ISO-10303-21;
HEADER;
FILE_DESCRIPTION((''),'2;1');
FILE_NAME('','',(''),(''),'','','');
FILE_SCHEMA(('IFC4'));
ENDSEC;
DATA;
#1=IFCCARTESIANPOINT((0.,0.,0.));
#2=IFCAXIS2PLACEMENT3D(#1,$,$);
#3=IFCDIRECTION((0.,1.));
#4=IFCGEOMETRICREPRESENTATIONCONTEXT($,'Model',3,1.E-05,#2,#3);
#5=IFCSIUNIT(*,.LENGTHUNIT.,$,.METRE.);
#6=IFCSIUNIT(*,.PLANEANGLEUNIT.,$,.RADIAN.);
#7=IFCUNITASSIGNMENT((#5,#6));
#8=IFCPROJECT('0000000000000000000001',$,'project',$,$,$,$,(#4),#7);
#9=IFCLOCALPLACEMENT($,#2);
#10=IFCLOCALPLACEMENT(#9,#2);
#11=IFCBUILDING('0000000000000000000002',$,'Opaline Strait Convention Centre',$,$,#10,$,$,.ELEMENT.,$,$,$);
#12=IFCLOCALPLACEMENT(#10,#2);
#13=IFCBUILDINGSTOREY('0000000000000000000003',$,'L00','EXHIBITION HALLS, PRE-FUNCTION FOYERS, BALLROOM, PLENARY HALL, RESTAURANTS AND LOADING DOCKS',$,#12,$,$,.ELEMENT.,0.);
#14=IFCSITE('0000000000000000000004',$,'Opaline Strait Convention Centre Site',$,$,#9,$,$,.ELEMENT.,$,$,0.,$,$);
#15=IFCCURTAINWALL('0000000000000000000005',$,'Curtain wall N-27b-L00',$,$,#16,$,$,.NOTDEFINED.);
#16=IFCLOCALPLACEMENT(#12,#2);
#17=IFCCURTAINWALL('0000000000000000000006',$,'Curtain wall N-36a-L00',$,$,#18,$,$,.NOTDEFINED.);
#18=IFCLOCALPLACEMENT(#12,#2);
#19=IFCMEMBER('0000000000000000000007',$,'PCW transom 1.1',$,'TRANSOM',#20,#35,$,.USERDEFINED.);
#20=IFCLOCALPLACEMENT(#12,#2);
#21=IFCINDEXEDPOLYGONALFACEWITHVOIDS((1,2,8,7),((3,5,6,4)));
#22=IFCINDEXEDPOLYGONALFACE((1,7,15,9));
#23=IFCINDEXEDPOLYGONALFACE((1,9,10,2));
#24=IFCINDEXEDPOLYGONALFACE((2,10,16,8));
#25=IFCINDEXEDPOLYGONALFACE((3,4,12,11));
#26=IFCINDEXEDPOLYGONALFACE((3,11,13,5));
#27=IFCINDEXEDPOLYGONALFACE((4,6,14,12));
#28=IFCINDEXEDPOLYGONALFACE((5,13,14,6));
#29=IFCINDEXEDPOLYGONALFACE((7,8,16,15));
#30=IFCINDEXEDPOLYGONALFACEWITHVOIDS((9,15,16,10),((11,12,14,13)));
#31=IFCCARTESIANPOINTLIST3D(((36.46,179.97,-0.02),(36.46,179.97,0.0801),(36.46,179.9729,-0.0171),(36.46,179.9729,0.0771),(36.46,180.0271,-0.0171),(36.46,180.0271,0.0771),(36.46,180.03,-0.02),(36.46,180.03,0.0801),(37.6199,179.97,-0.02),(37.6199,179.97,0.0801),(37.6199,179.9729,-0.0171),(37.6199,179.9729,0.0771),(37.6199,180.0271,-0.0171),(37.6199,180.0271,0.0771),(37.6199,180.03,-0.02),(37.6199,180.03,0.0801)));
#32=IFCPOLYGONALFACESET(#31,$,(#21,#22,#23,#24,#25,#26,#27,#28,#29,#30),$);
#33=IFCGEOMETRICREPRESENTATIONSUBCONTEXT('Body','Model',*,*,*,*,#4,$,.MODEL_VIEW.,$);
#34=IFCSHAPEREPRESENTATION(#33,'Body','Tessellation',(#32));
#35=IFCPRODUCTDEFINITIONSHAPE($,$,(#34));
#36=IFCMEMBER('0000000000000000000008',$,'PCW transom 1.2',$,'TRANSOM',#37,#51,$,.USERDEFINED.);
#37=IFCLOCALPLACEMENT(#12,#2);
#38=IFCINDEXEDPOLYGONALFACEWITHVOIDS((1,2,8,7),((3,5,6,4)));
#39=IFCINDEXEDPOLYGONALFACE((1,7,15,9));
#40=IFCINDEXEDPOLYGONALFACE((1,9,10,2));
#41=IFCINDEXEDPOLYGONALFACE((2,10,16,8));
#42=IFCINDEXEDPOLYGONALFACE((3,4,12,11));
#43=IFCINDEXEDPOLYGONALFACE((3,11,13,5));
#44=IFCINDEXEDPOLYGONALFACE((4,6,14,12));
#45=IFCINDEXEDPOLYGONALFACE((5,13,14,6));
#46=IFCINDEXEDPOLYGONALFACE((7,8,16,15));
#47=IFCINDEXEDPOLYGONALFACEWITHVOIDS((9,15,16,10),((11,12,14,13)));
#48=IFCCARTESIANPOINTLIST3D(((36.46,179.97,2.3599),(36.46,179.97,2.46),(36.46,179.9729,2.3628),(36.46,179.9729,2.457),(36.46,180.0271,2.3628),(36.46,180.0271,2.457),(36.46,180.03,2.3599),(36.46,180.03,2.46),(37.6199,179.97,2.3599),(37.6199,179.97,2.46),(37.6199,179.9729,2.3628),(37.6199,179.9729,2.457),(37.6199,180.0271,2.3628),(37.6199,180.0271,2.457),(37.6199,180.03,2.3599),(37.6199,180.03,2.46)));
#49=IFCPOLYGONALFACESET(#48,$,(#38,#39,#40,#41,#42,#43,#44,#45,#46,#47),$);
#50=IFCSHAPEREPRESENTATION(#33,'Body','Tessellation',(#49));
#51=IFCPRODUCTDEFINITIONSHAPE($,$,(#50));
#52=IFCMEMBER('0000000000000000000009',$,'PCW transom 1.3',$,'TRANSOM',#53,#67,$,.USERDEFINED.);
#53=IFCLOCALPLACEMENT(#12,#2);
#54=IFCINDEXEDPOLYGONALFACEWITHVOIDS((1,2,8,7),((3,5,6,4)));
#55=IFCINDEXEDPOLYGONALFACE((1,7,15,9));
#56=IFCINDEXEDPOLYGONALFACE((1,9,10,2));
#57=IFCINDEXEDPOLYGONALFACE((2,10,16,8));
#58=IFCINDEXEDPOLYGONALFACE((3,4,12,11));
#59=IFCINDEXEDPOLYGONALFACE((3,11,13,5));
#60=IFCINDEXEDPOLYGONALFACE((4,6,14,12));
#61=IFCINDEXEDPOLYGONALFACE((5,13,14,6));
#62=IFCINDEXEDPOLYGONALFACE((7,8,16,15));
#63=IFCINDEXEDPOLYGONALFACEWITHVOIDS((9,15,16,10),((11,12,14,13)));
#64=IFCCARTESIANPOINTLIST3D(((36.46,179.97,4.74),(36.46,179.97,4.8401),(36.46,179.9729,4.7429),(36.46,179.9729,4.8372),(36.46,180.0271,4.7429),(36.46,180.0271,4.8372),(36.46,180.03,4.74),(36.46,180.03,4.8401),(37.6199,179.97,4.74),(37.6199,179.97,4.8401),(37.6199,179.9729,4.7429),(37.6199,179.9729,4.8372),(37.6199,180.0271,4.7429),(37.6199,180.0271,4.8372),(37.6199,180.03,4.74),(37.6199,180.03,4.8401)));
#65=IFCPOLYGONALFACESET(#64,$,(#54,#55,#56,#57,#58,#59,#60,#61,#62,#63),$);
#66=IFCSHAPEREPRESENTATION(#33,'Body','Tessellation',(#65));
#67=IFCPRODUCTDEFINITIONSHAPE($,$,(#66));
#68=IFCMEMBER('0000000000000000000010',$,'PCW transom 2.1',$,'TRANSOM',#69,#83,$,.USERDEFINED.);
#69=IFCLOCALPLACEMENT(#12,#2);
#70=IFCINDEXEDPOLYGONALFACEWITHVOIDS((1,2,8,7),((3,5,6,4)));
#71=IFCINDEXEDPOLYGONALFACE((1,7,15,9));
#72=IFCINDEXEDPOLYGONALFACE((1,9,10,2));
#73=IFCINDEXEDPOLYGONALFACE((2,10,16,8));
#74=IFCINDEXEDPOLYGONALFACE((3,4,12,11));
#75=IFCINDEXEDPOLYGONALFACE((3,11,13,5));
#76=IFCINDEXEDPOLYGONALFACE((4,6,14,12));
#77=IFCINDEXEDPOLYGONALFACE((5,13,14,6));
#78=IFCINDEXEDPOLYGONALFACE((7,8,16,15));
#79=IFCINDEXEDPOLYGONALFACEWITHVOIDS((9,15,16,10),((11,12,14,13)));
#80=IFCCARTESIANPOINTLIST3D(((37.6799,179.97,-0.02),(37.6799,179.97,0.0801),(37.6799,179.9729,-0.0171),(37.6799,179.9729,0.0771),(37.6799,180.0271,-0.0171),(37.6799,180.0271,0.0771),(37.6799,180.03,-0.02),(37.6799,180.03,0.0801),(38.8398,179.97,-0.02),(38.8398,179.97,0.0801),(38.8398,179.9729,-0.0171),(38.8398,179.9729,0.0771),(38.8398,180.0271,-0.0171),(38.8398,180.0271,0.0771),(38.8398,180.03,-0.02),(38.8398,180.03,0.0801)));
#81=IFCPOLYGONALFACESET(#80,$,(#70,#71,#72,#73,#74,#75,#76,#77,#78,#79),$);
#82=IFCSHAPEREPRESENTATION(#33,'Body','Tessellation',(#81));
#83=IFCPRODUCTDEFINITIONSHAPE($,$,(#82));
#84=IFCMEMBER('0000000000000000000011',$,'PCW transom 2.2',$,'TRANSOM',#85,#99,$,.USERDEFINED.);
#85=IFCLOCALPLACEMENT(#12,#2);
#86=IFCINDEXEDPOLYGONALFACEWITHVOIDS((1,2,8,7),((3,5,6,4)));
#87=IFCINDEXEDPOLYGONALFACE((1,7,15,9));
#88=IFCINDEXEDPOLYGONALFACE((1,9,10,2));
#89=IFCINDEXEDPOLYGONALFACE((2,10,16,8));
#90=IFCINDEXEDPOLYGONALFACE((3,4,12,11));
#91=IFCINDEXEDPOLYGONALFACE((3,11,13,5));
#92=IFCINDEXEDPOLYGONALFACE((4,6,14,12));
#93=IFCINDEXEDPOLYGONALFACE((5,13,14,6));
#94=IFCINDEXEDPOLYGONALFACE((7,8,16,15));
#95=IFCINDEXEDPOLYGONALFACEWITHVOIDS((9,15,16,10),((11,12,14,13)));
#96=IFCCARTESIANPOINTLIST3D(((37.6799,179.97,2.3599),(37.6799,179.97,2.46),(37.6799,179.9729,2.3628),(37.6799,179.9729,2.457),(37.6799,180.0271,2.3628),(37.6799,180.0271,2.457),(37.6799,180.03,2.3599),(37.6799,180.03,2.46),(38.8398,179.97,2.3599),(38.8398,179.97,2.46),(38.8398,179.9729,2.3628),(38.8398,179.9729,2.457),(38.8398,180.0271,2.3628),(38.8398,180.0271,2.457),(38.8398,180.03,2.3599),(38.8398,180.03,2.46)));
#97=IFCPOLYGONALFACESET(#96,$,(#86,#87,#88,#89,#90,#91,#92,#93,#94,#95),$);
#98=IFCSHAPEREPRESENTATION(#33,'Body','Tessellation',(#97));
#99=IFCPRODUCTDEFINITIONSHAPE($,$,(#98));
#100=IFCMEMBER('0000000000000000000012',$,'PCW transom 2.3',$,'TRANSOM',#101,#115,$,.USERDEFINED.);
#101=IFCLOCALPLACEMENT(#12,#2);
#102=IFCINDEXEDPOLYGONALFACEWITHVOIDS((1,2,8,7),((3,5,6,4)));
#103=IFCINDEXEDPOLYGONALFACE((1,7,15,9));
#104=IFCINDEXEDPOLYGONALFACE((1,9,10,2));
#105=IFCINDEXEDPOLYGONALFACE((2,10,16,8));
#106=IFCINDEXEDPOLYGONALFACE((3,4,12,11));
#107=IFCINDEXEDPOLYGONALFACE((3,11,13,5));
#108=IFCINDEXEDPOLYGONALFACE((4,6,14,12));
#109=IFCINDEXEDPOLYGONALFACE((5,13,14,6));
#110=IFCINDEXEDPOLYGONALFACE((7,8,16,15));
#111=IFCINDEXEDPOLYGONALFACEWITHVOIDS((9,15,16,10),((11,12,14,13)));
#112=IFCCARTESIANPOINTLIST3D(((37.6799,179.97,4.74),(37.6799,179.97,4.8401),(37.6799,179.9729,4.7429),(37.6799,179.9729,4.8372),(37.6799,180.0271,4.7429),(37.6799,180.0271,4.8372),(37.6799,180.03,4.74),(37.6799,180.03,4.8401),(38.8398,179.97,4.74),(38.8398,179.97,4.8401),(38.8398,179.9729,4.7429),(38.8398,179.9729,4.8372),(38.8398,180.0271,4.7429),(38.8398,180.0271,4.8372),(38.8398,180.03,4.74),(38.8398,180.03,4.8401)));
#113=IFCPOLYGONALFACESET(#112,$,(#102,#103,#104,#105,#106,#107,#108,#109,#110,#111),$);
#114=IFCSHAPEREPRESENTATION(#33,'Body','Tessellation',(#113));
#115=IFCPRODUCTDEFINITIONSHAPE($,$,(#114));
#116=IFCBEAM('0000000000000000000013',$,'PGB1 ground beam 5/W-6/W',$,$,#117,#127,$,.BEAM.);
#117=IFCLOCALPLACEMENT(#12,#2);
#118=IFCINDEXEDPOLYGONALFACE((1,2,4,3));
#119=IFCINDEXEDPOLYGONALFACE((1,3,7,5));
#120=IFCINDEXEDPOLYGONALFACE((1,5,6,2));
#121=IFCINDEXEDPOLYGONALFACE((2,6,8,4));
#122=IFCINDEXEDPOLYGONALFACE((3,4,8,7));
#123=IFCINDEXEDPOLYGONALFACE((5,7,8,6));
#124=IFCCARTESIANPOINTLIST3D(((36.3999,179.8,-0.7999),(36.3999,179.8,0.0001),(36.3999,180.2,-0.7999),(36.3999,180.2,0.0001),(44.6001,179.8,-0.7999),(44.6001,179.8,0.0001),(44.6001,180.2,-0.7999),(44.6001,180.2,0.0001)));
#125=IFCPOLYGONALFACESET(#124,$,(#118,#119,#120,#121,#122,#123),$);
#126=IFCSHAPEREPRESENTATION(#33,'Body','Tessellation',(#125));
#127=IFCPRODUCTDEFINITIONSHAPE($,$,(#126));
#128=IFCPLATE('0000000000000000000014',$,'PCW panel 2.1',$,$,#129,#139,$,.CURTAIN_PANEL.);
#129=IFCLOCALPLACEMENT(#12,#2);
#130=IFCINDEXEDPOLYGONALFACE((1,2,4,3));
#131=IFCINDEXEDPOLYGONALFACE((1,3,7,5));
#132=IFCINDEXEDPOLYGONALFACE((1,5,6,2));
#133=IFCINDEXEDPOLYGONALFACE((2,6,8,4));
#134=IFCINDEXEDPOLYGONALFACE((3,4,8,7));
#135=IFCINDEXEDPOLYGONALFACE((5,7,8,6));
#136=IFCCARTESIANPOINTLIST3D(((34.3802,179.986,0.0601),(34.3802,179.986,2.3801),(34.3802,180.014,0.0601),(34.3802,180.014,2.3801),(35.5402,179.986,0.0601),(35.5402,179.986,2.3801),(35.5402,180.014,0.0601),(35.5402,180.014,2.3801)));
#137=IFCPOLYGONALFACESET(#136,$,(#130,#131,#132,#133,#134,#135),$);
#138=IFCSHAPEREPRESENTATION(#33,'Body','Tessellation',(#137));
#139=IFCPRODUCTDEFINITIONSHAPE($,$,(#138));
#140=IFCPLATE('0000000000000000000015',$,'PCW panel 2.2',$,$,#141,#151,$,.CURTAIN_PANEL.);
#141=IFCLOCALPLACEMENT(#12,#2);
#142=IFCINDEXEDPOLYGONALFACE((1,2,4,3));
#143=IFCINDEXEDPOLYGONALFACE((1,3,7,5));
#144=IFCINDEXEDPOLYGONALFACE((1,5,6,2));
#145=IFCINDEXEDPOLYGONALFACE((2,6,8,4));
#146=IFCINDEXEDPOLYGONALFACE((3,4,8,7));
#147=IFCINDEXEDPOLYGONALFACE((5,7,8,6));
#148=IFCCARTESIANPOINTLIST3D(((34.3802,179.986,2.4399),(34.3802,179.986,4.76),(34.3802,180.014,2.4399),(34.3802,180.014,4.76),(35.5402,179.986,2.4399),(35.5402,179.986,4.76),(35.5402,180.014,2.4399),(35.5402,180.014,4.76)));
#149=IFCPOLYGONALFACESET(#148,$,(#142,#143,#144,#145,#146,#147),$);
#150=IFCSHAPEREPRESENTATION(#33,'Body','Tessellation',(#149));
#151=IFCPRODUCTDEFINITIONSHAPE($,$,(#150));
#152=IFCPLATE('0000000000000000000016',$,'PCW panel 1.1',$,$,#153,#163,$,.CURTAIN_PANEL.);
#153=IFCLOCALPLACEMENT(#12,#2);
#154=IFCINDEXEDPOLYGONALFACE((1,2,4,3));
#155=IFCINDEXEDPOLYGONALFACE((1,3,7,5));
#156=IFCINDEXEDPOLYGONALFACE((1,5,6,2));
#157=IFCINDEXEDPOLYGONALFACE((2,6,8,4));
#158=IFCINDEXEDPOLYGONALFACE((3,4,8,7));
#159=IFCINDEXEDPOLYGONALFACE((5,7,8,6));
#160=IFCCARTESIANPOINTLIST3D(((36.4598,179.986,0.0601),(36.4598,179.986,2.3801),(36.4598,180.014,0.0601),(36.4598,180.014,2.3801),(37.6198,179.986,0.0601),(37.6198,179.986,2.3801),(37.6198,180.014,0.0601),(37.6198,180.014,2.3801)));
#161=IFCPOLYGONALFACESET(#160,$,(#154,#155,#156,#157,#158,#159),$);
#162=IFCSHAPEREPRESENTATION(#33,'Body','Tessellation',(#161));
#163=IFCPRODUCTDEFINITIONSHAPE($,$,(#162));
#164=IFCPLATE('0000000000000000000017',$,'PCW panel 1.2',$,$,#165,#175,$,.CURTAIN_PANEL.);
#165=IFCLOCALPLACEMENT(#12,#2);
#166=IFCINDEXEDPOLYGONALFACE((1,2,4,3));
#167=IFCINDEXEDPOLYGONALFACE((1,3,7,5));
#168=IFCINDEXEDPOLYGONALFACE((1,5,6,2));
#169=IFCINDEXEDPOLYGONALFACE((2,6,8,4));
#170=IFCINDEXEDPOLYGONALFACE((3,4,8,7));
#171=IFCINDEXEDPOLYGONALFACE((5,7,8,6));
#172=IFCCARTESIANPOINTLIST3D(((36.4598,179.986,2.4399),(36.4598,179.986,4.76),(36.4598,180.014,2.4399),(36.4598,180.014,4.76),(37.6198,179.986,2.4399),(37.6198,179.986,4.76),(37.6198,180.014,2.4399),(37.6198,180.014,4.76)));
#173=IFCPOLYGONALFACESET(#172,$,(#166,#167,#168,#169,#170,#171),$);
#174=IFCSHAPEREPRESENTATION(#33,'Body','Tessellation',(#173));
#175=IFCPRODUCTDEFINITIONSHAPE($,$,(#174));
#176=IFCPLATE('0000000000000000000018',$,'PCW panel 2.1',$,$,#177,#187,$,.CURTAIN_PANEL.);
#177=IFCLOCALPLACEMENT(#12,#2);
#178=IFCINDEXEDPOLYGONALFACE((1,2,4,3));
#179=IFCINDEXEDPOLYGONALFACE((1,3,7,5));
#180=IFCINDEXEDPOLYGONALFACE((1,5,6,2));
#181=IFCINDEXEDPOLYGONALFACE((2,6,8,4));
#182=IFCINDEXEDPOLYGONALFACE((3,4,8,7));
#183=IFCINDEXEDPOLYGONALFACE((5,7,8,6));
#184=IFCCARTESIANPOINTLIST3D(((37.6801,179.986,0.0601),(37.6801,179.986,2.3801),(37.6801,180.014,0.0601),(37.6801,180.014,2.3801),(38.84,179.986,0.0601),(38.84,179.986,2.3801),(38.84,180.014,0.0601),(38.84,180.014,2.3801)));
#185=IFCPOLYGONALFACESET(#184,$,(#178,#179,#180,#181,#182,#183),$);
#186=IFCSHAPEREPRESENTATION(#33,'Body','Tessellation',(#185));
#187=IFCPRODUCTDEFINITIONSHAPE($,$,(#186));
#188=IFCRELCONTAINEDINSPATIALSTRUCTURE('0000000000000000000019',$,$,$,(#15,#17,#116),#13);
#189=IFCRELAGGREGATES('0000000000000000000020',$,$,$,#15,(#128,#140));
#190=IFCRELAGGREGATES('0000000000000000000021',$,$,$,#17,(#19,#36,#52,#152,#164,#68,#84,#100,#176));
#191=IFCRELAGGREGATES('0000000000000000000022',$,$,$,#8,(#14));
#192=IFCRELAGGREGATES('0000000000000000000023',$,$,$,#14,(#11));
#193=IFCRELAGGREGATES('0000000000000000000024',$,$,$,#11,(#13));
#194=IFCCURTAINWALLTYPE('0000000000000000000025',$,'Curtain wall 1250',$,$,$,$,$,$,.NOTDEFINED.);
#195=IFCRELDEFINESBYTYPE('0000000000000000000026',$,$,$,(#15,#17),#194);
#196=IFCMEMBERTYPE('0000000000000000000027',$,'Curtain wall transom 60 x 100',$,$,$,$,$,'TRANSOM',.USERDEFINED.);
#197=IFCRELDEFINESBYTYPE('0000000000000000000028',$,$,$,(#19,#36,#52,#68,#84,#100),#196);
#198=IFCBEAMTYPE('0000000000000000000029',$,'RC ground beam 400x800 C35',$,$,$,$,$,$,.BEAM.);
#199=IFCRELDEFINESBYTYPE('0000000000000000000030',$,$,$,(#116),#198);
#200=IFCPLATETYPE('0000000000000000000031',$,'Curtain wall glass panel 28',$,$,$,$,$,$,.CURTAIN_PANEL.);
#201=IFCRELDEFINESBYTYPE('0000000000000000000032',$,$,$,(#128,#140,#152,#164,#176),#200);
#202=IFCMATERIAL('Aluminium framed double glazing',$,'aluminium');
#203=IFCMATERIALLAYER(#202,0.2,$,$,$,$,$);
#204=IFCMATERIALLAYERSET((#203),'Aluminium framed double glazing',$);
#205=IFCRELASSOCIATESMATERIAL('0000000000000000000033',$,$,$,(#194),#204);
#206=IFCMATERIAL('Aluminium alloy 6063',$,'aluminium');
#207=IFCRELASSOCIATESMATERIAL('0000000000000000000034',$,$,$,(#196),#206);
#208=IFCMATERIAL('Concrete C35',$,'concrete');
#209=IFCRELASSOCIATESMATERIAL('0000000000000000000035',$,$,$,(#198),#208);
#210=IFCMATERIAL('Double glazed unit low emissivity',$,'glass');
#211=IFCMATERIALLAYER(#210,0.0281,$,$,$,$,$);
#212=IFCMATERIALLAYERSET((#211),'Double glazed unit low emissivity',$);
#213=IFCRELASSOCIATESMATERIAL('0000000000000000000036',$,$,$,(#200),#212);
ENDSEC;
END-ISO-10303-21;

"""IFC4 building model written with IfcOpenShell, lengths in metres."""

from ifc_helpers import new_model, si_unit, direction, frame, origin, origin_2d, place, context, subcontext, project, spatial, rectangle, hollow_rectangle, extrude, material, layer, layer_set, material_profile, profile_set, type_object, element, aggregate, save


model = new_model("IFC4")

# Units and contexts
model_context = context("Model", 3, precision=1e-05, world=origin(), true_north=direction((0.0, 1.0)))
body_context = subcontext(model_context, "Body", "Model", "MODEL_VIEW")
ifc_project = project(units=[si_unit("LENGTHUNIT", "METRE"), si_unit("PLANEANGLEUNIT", "RADIAN")], contexts=[model_context])

# Site, building, storey
site_placement = place(None, origin())
site = spatial("IfcSite", under=ifc_project, at=site_placement, Name="Opaline Strait Convention Centre Site", CompositionType="ELEMENT", RefElevation=0.0)
building_placement = place(site_placement, origin())
building = spatial("IfcBuilding", under=site, at=building_placement, Name="Opaline Strait Convention Centre", CompositionType="ELEMENT")
storey_placement = place(building_placement, origin())
storey = spatial("IfcBuildingStorey", under=building, at=storey_placement, Name="L00", Description="EXHIBITION HALLS, PRE-FUNCTION FOYERS, BALLROOM, PLENARY HALL, RESTAURANTS AND LOADING DOCKS", CompositionType="ELEMENT", Elevation=0.0)

# Shared definitions
ifc_material_1 = material(Name="Concrete C35", Category="concrete")

# Curtain wall
ifc_material_2 = material(Name="Aluminium framed double glazing", Category="aluminium")
ifc_layer_1 = layer(ifc_material_2, 0.2)
ifc_layer_set_1 = layer_set([ifc_layer_1], Name="Aluminium framed double glazing")
curtain_wall_type = type_object("IfcCurtainWallType", Name="Curtain wall 1250", PredefinedType="NOTDEFINED", material=ifc_layer_set_1)
curtain_wall_1_placement = place(storey_placement, origin())
curtain_wall_1 = element("IfcCurtainWall", 1, at=curtain_wall_1_placement, inside=storey, type_object=curtain_wall_type, Name="Curtain wall N-27b-L00", PredefinedType="NOTDEFINED")
ifc_material_3 = material(Name="Aluminium alloy 6063", Category="aluminium")

# Curtain wall
curtain_wall_2_placement = place(storey_placement, origin())
curtain_wall_2 = element("IfcCurtainWall", 2, at=curtain_wall_2_placement, inside=storey, type_object=curtain_wall_type, Name="Curtain wall N-36a-L00", PredefinedType="NOTDEFINED")

# Members
ifc_material_profile_1 = material_profile(ifc_material_3, hollow_rectangle(XDim=0.0601, YDim=0.1001, WallThickness=0.0029, at=origin_2d()), Name="TRANSOM 60x100x3")
ifc_profile_set_1 = profile_set([ifc_material_profile_1], Name="Aluminium alloy 6063")
member_type_1 = type_object("IfcMemberType", Name="Curtain wall transom 60 x 100", ElementType="TRANSOM", PredefinedType="USERDEFINED", material=ifc_profile_set_1)
member_1_placement = place(storey_placement, frame((36.46, 180.0, 0.03), z_axis=(1.0, 0.0, 0.0), x_axis=(0.0, 1.0, 0.0)))
member_1 = element("IfcMember", 3, at=member_1_placement, type_object=member_type_1, Name="PCW transom 1.1", ObjectType="TRANSOM", PredefinedType="USERDEFINED", context=body_context, shape_type="SweptSolid", body=[
    extrude(hollow_rectangle(XDim=0.0601, YDim=0.1001, WallThickness=0.0029, at=origin_2d()), origin(), (0.0, 0.0, 1.0), 1.1599),
])
member_2_placement = place(storey_placement, frame((36.46, 180.0, 2.4099), z_axis=(1.0, 0.0, 0.0), x_axis=(0.0, 1.0, 0.0)))
member_2 = element("IfcMember", 4, at=member_2_placement, type_object=member_type_1, Name="PCW transom 1.2", ObjectType="TRANSOM", PredefinedType="USERDEFINED", context=body_context, shape_type="SweptSolid", body=[
    extrude(hollow_rectangle(XDim=0.0601, YDim=0.1001, WallThickness=0.0029, at=origin_2d()), origin(), (0.0, 0.0, 1.0), 1.1599),
])
member_3_placement = place(storey_placement, frame((36.46, 180.0, 4.79), z_axis=(1.0, 0.0, 0.0), x_axis=(0.0, 1.0, 0.0)))
member_3 = element("IfcMember", 5, at=member_3_placement, type_object=member_type_1, Name="PCW transom 1.3", ObjectType="TRANSOM", PredefinedType="USERDEFINED", context=body_context, shape_type="SweptSolid", body=[
    extrude(hollow_rectangle(XDim=0.0601, YDim=0.1001, WallThickness=0.0029, at=origin_2d()), origin(), (0.0, 0.0, 1.0), 1.1599),
])
member_4_placement = place(storey_placement, frame((37.6799, 180.0, 0.03), z_axis=(1.0, 0.0, 0.0), x_axis=(0.0, 1.0, 0.0)))
member_4 = element("IfcMember", 6, at=member_4_placement, type_object=member_type_1, Name="PCW transom 2.1", ObjectType="TRANSOM", PredefinedType="USERDEFINED", context=body_context, shape_type="SweptSolid", body=[
    extrude(hollow_rectangle(XDim=0.0601, YDim=0.1001, WallThickness=0.0029, at=origin_2d()), origin(), (0.0, 0.0, 1.0), 1.1599),
])
member_5_placement = place(storey_placement, frame((37.6799, 180.0, 2.4099), z_axis=(1.0, 0.0, 0.0), x_axis=(0.0, 1.0, 0.0)))
member_5 = element("IfcMember", 7, at=member_5_placement, type_object=member_type_1, Name="PCW transom 2.2", ObjectType="TRANSOM", PredefinedType="USERDEFINED", context=body_context, shape_type="SweptSolid", body=[
    extrude(hollow_rectangle(XDim=0.0601, YDim=0.1001, WallThickness=0.0029, at=origin_2d()), origin(), (0.0, 0.0, 1.0), 1.1599),
])
member_6_placement = place(storey_placement, frame((37.6799, 180.0, 4.79), z_axis=(1.0, 0.0, 0.0), x_axis=(0.0, 1.0, 0.0)))
member_6 = element("IfcMember", 8, at=member_6_placement, type_object=member_type_1, Name="PCW transom 2.3", ObjectType="TRANSOM", PredefinedType="USERDEFINED", context=body_context, shape_type="SweptSolid", body=[
    extrude(hollow_rectangle(XDim=0.0601, YDim=0.1001, WallThickness=0.0029, at=origin_2d()), origin(), (0.0, 0.0, 1.0), 1.1599),
])

# Beam
ifc_material_profile_2 = material_profile(ifc_material_1, rectangle(XDim=0.3999, YDim=0.8, at=origin_2d()), Name="RC 400x800")
ifc_profile_set_2 = profile_set([ifc_material_profile_2], Name="Concrete C35")
beam_type = type_object("IfcBeamType", Name="RC ground beam 400x800 C35", PredefinedType="BEAM", material=ifc_profile_set_2)
beam_placement = place(storey_placement, frame((36.3999, 180.0, -0.3999), z_axis=(1.0, 0.0, 0.0), x_axis=(0.0, 1.0, 0.0)))
element("IfcBeam", 9, at=beam_placement, inside=storey, type_object=beam_type, Name="PGB1 ground beam 5/W-6/W", PredefinedType="BEAM", context=body_context, shape_type="SweptSolid", body=[
    extrude(rectangle(XDim=0.3999, YDim=0.8, at=origin_2d()), origin(), (0.0, 0.0, 1.0), 8.2002),
])

# Plates
ifc_material_4 = material(Name="Double glazed unit low emissivity", Category="glass")
ifc_layer_2 = layer(ifc_material_4, 0.0281)
ifc_layer_set_2 = layer_set([ifc_layer_2], Name="Double glazed unit low emissivity")
plate_type = type_object("IfcPlateType", Name="Curtain wall glass panel 28", PredefinedType="CURTAIN_PANEL", material=ifc_layer_set_2)
plate_1_placement = place(storey_placement, frame((34.9602, 180.0, 0.0601), z_axis=(0.0, 0.0, 1.0), x_axis=(1.0, 0.0, 0.0)))
plate_1 = element("IfcPlate", 10, at=plate_1_placement, type_object=plate_type, Name="PCW panel 2.1", PredefinedType="CURTAIN_PANEL", context=body_context, shape_type="SweptSolid", body=[
    extrude(rectangle(XDim=1.1599, YDim=0.0281, at=origin_2d()), origin(), (0.0, 0.0, 1.0), 2.3201),
])
plate_2_placement = place(storey_placement, frame((34.9602, 180.0, 2.4399), z_axis=(0.0, 0.0, 1.0), x_axis=(1.0, 0.0, 0.0)))
plate_2 = element("IfcPlate", 11, at=plate_2_placement, type_object=plate_type, Name="PCW panel 2.2", PredefinedType="CURTAIN_PANEL", context=body_context, shape_type="SweptSolid", body=[
    extrude(rectangle(XDim=1.1599, YDim=0.0281, at=origin_2d()), origin(), (0.0, 0.0, 1.0), 2.3201),
])
aggregate(curtain_wall_1, [plate_1, plate_2])
plate_3_placement = place(storey_placement, frame((37.0398, 180.0, 0.0601), z_axis=(0.0, 0.0, 1.0), x_axis=(1.0, 0.0, 0.0)))
plate_3 = element("IfcPlate", 12, at=plate_3_placement, type_object=plate_type, Name="PCW panel 1.1", PredefinedType="CURTAIN_PANEL", context=body_context, shape_type="SweptSolid", body=[
    extrude(rectangle(XDim=1.1599, YDim=0.0281, at=origin_2d()), origin(), (0.0, 0.0, 1.0), 2.3201),
])
plate_4_placement = place(storey_placement, frame((37.0398, 180.0, 2.4399), z_axis=(0.0, 0.0, 1.0), x_axis=(1.0, 0.0, 0.0)))
plate_4 = element("IfcPlate", 13, at=plate_4_placement, type_object=plate_type, Name="PCW panel 1.2", PredefinedType="CURTAIN_PANEL", context=body_context, shape_type="SweptSolid", body=[
    extrude(rectangle(XDim=1.1599, YDim=0.0281, at=origin_2d()), origin(), (0.0, 0.0, 1.0), 2.3201),
])
plate_5_placement = place(storey_placement, frame((38.26, 180.0, 0.0601), z_axis=(0.0, 0.0, 1.0), x_axis=(1.0, 0.0, 0.0)))
plate_5 = element("IfcPlate", 14, at=plate_5_placement, type_object=plate_type, Name="PCW panel 2.1", PredefinedType="CURTAIN_PANEL", context=body_context, shape_type="SweptSolid", body=[
    extrude(rectangle(XDim=1.1599, YDim=0.0281, at=origin_2d()), origin(), (0.0, 0.0, 1.0), 2.3201),
])
aggregate(curtain_wall_2, [member_1, member_2, member_3, plate_3, plate_4, member_4, member_5, member_6, plate_5])

save(model, "model.ifc")
